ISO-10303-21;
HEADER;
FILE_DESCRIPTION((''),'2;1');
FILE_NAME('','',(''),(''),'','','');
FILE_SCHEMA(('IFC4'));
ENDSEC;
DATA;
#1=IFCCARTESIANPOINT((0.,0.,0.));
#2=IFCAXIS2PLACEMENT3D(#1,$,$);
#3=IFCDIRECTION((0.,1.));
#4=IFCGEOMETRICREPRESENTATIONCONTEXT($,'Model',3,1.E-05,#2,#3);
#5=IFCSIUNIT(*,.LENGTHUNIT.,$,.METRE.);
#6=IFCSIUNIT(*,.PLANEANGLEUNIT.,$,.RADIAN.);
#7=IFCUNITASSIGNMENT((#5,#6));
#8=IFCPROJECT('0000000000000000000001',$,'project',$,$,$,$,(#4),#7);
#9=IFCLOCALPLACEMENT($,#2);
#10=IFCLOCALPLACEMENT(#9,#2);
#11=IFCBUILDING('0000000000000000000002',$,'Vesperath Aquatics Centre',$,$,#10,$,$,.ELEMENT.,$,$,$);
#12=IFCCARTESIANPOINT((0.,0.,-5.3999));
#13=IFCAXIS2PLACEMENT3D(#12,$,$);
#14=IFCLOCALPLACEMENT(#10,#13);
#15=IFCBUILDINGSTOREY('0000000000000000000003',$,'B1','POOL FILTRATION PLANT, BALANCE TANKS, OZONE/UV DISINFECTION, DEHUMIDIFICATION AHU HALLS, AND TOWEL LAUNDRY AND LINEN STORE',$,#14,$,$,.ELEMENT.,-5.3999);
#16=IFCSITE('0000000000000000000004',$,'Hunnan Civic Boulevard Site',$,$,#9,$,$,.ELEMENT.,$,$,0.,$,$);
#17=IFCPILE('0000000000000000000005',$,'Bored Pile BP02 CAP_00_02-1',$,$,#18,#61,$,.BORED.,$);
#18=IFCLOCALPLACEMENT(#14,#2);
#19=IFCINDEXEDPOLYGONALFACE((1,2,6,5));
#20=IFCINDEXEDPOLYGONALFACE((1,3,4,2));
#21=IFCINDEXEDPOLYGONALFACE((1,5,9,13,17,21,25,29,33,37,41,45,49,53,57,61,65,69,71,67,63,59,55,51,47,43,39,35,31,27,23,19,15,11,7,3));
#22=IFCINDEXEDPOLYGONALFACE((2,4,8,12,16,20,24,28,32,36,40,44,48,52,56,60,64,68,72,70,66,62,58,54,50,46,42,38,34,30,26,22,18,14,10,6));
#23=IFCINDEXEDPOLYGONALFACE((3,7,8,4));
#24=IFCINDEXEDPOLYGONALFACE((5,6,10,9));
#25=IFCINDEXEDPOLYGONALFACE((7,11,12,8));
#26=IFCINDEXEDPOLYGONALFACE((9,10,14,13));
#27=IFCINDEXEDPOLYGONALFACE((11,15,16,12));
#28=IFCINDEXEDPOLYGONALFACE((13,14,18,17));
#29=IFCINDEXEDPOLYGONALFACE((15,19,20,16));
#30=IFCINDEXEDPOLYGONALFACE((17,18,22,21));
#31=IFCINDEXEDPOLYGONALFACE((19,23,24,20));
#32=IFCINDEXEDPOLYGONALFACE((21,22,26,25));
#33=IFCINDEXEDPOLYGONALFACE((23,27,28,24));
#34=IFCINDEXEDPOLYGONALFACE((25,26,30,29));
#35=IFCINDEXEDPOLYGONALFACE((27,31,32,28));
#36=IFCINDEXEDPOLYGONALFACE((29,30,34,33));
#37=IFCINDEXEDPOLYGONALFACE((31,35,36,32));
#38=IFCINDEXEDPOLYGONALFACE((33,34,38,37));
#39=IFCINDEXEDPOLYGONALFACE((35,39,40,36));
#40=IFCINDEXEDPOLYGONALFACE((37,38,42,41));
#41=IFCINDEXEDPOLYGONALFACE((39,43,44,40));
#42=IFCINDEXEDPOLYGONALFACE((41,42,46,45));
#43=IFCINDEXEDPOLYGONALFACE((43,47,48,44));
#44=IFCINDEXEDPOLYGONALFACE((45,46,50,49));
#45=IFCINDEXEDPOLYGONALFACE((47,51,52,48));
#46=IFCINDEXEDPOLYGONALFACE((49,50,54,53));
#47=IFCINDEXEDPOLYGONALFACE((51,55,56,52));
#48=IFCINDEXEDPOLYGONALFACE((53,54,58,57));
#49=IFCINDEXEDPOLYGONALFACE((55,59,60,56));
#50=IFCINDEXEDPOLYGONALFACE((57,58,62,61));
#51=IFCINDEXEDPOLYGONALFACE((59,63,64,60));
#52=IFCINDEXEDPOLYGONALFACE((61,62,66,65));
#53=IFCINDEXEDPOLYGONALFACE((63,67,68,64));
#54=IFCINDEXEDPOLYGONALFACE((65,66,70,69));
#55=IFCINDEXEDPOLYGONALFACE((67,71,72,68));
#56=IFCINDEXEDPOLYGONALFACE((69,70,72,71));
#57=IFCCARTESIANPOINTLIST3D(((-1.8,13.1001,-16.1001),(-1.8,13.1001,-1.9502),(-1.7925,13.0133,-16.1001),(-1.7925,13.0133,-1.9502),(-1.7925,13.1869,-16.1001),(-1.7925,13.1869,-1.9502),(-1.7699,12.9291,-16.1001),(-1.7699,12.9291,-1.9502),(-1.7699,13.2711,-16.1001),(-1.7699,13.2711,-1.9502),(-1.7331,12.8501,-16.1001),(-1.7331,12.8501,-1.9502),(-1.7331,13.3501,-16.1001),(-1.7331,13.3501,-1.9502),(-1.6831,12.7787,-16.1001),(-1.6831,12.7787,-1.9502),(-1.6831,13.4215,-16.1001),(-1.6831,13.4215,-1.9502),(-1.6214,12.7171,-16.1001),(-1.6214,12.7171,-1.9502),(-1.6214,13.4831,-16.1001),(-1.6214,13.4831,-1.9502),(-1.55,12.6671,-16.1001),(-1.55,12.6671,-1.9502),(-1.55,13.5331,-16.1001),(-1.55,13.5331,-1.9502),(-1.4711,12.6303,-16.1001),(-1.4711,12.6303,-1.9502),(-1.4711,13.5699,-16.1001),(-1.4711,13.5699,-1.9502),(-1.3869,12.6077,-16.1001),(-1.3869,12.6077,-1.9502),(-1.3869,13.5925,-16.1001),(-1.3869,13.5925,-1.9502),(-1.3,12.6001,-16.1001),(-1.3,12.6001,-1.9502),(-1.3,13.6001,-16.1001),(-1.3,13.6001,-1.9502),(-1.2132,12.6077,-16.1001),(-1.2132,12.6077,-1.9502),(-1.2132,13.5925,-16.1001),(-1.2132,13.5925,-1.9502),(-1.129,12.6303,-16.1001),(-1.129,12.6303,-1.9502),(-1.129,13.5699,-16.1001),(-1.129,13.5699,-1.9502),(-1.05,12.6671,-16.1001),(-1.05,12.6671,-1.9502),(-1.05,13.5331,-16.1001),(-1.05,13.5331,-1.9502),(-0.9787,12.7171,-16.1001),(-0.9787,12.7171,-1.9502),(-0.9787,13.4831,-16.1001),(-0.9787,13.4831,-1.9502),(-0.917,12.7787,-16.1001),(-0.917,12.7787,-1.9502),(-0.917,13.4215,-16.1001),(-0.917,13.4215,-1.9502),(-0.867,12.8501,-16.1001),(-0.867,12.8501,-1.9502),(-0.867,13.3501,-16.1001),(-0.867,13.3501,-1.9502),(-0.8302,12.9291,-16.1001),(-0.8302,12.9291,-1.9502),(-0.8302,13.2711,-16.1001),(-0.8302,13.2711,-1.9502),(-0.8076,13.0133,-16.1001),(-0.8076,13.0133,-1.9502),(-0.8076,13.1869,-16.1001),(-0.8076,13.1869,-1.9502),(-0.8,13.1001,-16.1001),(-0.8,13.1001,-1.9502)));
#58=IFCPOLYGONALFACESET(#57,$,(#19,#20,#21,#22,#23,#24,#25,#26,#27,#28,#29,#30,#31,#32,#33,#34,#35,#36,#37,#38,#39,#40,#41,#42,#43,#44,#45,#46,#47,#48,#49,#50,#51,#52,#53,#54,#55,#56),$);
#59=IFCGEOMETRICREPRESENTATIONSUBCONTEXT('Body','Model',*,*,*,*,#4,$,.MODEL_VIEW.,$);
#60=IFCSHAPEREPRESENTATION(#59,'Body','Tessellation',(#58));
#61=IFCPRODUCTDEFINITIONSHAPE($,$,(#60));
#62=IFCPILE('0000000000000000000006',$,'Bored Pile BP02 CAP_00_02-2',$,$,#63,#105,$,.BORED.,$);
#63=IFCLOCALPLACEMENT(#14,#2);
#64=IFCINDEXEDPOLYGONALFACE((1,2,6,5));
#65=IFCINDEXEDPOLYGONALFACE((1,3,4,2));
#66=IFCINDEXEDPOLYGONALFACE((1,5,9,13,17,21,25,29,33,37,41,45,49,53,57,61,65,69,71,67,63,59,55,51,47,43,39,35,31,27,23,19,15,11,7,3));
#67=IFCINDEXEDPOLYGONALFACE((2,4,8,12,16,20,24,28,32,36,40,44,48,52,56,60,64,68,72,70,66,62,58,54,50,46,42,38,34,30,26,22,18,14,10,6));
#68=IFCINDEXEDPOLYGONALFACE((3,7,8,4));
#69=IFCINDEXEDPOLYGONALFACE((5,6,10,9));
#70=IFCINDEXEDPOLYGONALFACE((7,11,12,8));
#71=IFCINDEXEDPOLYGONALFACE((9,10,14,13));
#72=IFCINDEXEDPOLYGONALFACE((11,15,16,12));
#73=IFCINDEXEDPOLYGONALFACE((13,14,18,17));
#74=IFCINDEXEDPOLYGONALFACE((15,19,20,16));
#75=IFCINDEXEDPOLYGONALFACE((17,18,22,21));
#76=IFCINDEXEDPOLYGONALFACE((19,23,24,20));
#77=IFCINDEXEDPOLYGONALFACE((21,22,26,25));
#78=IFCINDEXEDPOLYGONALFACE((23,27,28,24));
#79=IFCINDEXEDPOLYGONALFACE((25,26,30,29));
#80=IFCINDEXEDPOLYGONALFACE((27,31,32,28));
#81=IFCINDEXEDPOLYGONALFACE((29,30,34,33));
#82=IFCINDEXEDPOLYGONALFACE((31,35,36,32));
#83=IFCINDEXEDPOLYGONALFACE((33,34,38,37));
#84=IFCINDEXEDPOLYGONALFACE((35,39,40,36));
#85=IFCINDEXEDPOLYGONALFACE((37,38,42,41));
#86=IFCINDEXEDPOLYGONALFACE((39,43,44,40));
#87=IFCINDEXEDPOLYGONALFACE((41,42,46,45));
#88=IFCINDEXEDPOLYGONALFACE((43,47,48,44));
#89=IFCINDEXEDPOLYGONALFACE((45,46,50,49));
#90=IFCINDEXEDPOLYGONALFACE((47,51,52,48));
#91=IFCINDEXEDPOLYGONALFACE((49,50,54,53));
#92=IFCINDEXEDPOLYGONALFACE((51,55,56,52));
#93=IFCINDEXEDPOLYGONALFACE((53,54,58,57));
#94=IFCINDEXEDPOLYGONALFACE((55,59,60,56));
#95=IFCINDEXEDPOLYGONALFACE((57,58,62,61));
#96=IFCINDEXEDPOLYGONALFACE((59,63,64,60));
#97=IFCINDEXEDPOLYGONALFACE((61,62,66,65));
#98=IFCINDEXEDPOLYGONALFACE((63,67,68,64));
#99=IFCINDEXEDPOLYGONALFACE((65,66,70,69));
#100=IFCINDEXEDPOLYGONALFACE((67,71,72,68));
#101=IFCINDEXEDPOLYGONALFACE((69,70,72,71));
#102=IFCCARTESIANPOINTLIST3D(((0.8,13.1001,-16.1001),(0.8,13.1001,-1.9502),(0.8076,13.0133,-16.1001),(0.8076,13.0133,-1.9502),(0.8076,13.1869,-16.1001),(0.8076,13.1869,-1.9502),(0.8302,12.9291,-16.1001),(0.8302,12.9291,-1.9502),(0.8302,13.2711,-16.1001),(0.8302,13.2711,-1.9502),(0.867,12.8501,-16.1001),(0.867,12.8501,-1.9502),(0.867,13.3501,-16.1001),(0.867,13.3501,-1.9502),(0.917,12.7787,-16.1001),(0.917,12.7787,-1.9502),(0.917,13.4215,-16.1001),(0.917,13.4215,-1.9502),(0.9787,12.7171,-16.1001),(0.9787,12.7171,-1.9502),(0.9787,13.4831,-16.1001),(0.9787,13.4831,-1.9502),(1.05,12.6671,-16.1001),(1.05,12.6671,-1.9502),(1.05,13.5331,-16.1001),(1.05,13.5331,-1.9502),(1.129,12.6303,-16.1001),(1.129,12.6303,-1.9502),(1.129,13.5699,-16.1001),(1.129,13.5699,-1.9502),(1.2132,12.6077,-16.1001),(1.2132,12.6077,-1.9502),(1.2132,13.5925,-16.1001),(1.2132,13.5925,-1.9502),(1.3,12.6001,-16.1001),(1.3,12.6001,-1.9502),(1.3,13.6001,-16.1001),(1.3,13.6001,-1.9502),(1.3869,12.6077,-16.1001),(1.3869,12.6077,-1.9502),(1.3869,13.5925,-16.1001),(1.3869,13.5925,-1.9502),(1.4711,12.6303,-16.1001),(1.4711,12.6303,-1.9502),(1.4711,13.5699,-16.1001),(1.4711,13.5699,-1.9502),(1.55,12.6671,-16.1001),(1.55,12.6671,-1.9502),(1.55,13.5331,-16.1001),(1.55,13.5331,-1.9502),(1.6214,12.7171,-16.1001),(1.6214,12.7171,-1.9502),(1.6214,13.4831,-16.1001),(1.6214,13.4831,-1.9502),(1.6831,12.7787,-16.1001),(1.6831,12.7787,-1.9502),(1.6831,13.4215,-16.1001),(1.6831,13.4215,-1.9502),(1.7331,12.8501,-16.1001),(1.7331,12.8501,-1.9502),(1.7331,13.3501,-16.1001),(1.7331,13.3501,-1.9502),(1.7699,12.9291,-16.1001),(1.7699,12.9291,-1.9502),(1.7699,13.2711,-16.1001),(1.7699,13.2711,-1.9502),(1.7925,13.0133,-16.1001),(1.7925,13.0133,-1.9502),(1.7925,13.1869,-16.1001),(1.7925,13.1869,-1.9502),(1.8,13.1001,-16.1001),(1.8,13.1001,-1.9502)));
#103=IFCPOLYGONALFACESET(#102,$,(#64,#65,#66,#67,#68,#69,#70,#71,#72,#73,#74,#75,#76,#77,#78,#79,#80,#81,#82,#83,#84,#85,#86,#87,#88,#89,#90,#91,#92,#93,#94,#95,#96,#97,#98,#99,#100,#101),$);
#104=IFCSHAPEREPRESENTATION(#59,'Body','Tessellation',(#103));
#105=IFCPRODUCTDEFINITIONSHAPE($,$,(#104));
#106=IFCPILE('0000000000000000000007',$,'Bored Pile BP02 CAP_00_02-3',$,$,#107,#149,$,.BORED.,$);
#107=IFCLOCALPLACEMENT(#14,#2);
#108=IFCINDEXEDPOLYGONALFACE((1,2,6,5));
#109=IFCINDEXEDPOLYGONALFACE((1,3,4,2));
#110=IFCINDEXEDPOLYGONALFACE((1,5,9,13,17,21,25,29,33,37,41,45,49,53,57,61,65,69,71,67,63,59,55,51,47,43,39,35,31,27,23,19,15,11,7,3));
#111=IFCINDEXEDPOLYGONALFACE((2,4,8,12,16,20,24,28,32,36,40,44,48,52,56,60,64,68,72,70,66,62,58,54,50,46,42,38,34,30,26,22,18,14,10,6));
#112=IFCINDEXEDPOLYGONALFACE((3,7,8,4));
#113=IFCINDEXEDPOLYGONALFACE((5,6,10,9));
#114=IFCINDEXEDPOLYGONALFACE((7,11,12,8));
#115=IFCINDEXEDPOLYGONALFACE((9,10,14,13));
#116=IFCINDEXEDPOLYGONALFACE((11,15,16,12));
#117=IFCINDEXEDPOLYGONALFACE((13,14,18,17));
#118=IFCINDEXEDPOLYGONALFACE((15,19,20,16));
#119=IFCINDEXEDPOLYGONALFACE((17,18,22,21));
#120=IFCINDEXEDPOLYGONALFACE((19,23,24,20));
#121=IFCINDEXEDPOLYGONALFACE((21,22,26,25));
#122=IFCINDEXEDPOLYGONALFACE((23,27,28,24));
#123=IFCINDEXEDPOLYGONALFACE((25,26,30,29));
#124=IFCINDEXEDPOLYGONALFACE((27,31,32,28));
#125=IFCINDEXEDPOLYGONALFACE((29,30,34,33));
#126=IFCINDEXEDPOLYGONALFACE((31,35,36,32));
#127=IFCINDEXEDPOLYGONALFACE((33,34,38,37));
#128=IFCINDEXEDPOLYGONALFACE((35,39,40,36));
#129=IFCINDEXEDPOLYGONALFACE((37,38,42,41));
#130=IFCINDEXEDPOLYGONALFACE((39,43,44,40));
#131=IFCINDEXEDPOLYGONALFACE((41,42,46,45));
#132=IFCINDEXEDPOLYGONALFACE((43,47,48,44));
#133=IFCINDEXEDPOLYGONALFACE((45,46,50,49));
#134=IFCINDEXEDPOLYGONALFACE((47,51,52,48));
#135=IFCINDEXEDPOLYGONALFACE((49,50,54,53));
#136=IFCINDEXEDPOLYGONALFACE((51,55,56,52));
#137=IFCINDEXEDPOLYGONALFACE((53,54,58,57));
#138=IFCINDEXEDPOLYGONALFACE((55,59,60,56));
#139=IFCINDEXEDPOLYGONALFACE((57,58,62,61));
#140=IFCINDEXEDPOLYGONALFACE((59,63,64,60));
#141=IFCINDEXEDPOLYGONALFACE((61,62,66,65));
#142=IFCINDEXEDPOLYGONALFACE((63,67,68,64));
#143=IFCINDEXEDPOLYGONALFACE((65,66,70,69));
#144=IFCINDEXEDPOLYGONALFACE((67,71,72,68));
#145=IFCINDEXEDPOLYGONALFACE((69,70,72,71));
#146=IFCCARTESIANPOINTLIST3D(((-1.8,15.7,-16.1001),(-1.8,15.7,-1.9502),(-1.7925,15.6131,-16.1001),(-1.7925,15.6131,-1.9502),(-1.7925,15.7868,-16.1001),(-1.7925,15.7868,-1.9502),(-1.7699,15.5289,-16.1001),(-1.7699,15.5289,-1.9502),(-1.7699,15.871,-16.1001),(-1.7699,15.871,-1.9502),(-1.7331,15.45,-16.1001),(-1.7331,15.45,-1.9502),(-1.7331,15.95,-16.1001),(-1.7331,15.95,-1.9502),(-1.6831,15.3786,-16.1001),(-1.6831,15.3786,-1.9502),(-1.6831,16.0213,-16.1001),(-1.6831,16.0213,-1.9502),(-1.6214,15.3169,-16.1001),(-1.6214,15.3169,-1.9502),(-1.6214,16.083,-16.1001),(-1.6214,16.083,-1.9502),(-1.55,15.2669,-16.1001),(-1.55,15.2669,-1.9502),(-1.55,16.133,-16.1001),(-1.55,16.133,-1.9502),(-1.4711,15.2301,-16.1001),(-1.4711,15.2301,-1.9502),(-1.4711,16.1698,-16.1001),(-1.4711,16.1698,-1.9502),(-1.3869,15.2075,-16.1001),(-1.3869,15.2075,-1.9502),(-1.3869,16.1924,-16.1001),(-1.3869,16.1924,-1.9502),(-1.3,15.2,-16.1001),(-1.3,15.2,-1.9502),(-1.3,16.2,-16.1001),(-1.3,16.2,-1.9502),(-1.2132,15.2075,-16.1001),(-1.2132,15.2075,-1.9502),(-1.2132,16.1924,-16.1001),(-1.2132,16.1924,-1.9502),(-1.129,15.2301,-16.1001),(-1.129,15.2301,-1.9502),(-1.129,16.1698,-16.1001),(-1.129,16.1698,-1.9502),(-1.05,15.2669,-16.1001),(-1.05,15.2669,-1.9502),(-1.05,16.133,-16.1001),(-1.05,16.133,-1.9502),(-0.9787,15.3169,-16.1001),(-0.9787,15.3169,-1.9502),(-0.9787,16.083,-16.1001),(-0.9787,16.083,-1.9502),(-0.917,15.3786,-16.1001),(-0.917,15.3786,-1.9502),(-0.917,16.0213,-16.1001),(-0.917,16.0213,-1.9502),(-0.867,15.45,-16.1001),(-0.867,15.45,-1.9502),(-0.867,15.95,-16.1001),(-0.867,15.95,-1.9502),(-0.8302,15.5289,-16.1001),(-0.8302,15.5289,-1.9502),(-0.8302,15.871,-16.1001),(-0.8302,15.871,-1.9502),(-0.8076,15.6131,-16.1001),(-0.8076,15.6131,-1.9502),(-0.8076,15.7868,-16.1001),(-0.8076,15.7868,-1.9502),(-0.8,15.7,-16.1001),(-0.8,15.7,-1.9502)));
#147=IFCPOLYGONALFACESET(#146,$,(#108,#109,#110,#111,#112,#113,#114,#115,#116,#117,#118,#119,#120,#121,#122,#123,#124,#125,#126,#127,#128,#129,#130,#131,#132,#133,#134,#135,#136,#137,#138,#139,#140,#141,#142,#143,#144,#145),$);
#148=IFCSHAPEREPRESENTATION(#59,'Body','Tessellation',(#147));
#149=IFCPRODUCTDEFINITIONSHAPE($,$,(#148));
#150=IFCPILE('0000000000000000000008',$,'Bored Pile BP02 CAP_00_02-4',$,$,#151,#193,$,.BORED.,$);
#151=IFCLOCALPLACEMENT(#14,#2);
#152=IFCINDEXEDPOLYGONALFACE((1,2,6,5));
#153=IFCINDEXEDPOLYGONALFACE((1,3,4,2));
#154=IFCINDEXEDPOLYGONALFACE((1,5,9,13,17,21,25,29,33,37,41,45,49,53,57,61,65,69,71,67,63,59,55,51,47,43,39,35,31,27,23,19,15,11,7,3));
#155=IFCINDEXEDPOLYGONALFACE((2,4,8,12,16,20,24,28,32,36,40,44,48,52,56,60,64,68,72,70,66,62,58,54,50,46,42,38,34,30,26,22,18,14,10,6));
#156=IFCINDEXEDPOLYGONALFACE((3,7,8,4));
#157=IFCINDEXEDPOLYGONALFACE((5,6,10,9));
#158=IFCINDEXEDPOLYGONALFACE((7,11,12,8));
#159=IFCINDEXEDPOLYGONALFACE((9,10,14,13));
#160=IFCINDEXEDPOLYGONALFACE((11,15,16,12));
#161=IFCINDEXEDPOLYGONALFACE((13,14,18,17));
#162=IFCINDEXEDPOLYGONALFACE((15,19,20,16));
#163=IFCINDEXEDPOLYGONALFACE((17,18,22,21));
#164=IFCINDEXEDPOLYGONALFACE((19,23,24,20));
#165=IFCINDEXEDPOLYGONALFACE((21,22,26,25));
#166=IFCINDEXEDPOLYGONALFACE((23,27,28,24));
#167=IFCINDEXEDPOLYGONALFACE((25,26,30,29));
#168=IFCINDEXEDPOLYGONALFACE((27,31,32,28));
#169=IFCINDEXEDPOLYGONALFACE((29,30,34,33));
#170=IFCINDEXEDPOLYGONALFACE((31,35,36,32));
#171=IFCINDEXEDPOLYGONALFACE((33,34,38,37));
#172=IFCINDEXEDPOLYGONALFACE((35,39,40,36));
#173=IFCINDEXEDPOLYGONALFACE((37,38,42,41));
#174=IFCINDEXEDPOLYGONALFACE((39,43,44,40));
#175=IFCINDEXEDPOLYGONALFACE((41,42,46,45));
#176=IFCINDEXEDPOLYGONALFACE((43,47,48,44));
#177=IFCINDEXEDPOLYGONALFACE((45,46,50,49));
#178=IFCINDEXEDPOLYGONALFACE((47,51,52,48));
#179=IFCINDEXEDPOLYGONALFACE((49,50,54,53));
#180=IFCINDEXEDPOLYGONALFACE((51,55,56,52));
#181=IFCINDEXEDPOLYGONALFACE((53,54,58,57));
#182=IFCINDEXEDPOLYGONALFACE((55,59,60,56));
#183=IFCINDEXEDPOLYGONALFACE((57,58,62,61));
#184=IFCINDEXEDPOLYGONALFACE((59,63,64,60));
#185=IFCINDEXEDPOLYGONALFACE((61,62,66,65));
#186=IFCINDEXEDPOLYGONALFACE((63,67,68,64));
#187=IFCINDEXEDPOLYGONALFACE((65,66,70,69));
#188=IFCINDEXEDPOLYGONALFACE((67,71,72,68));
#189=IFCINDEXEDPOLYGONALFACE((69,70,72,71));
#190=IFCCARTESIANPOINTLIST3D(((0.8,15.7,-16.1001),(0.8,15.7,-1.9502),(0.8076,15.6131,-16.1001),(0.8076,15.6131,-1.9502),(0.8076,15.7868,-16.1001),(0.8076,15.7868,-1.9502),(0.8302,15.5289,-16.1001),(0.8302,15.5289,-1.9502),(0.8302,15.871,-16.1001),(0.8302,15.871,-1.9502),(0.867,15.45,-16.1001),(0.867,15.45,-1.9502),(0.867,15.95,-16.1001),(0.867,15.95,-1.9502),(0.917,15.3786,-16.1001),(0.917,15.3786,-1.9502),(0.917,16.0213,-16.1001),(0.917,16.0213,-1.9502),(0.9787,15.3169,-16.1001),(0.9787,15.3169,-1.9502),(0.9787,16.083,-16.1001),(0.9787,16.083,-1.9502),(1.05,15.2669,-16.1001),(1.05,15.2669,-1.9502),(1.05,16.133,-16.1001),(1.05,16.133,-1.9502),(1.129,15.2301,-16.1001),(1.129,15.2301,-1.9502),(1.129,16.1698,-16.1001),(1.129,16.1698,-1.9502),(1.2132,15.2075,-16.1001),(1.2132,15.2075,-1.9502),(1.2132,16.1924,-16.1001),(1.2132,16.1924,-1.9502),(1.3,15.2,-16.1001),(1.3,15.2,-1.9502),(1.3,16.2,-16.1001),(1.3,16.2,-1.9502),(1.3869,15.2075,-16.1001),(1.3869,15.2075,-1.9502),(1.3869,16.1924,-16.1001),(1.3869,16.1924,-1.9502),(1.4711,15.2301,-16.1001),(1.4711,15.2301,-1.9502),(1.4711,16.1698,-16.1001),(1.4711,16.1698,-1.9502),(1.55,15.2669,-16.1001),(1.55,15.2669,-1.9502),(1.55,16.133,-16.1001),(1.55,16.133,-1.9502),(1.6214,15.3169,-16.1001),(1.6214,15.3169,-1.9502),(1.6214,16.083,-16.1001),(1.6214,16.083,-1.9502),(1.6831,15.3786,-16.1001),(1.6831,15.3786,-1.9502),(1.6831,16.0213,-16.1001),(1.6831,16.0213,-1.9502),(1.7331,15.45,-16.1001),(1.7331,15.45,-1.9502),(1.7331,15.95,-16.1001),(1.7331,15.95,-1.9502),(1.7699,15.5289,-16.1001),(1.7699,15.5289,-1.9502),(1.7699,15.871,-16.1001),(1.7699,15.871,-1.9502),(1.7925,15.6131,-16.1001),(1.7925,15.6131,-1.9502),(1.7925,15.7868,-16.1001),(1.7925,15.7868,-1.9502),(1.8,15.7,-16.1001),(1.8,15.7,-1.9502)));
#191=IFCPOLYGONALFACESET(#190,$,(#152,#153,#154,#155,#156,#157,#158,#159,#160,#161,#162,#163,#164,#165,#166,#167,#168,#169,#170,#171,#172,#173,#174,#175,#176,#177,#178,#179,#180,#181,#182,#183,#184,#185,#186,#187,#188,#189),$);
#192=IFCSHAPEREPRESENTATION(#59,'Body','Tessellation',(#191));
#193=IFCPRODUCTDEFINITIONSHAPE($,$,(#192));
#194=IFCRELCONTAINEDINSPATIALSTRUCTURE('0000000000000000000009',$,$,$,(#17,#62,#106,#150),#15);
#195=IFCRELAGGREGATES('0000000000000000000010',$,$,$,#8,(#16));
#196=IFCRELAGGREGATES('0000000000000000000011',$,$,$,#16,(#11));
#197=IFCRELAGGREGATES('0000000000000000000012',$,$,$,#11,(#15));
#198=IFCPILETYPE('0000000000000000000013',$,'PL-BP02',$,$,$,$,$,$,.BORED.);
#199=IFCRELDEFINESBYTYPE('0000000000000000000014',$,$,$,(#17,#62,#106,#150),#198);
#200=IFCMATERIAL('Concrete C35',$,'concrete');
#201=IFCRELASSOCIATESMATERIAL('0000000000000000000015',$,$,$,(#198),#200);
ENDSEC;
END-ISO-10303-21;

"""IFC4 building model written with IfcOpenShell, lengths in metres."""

from ifc_helpers import new_model, si_unit, direction, frame, origin, origin_2d, place, context, subcontext, project, spatial, circle, extrude, material, material_profile, profile_set, type_object, element, save


model = new_model("IFC4")

# Units and contexts
model_context = context("Model", 3, precision=1e-05, world=origin(), true_north=direction((0.0, 1.0)))
body_context = subcontext(model_context, "Body", "Model", "MODEL_VIEW")
ifc_project = project(units=[si_unit("LENGTHUNIT", "METRE"), si_unit("PLANEANGLEUNIT", "RADIAN")], contexts=[model_context])

# Site, building, storey
site_placement = place(None, origin())
site = spatial("IfcSite", under=ifc_project, at=site_placement, Name="Hunnan Civic Boulevard Site", CompositionType="ELEMENT", RefElevation=0.0)
building_placement = place(site_placement, origin())
building = spatial("IfcBuilding", under=site, at=building_placement, Name="Vesperath Aquatics Centre", CompositionType="ELEMENT")
storey_placement = place(building_placement, frame((0.0, 0.0, -5.3999)))
storey = spatial("IfcBuildingStorey", under=building, at=storey_placement, Name="B1", Description="POOL FILTRATION PLANT, BALANCE TANKS, OZONE/UV DISINFECTION, DEHUMIDIFICATION AHU HALLS, AND TOWEL LAUNDRY AND LINEN STORE", CompositionType="ELEMENT", Elevation=-5.3999)

# Piles
ifc_material_1 = material(Name="Concrete C35", Category="concrete")
ifc_material_profile_1 = material_profile(ifc_material_1, circle(Radius=0.5, at=origin_2d()), Name="PILE D1000")
ifc_profile_set_1 = profile_set([ifc_material_profile_1], Name="Concrete C35")
pile_type_1 = type_object("IfcPileType", Name="PL-BP02", PredefinedType="BORED", material=ifc_profile_set_1)
for number, where, z_axis, x_axis, name in (
    (1, (-1.3, 13.1001, -1.9502), (0.0, 0.0, -1.0), (1.0, 0.0, 0.0), "Bored Pile BP02 CAP_00_02-1"),
    (2, (1.3, 13.1001, -1.9502), (0.0, 0.0, -1.0), (1.0, 0.0, 0.0), "Bored Pile BP02 CAP_00_02-2"),
    (3, (-1.3, 15.7, -1.9502), (0.0, 0.0, -1.0), (1.0, 0.0, 0.0), "Bored Pile BP02 CAP_00_02-3"),
    (4, (1.3, 15.7, -1.9502), (0.0, 0.0, -1.0), (1.0, 0.0, 0.0), "Bored Pile BP02 CAP_00_02-4"),
):
    element("IfcPile", number, at=place(storey_placement, frame(where, z_axis=z_axis, x_axis=x_axis)), inside=storey, type_object=pile_type_1, Name=name, PredefinedType="BORED", context=body_context, shape_type="SweptSolid", body=[
        extrude(circle(Radius=0.5, at=origin_2d()), origin(), (0.0, 0.0, 1.0), 14.1499),
    ])

save(model, "model.ifc")
